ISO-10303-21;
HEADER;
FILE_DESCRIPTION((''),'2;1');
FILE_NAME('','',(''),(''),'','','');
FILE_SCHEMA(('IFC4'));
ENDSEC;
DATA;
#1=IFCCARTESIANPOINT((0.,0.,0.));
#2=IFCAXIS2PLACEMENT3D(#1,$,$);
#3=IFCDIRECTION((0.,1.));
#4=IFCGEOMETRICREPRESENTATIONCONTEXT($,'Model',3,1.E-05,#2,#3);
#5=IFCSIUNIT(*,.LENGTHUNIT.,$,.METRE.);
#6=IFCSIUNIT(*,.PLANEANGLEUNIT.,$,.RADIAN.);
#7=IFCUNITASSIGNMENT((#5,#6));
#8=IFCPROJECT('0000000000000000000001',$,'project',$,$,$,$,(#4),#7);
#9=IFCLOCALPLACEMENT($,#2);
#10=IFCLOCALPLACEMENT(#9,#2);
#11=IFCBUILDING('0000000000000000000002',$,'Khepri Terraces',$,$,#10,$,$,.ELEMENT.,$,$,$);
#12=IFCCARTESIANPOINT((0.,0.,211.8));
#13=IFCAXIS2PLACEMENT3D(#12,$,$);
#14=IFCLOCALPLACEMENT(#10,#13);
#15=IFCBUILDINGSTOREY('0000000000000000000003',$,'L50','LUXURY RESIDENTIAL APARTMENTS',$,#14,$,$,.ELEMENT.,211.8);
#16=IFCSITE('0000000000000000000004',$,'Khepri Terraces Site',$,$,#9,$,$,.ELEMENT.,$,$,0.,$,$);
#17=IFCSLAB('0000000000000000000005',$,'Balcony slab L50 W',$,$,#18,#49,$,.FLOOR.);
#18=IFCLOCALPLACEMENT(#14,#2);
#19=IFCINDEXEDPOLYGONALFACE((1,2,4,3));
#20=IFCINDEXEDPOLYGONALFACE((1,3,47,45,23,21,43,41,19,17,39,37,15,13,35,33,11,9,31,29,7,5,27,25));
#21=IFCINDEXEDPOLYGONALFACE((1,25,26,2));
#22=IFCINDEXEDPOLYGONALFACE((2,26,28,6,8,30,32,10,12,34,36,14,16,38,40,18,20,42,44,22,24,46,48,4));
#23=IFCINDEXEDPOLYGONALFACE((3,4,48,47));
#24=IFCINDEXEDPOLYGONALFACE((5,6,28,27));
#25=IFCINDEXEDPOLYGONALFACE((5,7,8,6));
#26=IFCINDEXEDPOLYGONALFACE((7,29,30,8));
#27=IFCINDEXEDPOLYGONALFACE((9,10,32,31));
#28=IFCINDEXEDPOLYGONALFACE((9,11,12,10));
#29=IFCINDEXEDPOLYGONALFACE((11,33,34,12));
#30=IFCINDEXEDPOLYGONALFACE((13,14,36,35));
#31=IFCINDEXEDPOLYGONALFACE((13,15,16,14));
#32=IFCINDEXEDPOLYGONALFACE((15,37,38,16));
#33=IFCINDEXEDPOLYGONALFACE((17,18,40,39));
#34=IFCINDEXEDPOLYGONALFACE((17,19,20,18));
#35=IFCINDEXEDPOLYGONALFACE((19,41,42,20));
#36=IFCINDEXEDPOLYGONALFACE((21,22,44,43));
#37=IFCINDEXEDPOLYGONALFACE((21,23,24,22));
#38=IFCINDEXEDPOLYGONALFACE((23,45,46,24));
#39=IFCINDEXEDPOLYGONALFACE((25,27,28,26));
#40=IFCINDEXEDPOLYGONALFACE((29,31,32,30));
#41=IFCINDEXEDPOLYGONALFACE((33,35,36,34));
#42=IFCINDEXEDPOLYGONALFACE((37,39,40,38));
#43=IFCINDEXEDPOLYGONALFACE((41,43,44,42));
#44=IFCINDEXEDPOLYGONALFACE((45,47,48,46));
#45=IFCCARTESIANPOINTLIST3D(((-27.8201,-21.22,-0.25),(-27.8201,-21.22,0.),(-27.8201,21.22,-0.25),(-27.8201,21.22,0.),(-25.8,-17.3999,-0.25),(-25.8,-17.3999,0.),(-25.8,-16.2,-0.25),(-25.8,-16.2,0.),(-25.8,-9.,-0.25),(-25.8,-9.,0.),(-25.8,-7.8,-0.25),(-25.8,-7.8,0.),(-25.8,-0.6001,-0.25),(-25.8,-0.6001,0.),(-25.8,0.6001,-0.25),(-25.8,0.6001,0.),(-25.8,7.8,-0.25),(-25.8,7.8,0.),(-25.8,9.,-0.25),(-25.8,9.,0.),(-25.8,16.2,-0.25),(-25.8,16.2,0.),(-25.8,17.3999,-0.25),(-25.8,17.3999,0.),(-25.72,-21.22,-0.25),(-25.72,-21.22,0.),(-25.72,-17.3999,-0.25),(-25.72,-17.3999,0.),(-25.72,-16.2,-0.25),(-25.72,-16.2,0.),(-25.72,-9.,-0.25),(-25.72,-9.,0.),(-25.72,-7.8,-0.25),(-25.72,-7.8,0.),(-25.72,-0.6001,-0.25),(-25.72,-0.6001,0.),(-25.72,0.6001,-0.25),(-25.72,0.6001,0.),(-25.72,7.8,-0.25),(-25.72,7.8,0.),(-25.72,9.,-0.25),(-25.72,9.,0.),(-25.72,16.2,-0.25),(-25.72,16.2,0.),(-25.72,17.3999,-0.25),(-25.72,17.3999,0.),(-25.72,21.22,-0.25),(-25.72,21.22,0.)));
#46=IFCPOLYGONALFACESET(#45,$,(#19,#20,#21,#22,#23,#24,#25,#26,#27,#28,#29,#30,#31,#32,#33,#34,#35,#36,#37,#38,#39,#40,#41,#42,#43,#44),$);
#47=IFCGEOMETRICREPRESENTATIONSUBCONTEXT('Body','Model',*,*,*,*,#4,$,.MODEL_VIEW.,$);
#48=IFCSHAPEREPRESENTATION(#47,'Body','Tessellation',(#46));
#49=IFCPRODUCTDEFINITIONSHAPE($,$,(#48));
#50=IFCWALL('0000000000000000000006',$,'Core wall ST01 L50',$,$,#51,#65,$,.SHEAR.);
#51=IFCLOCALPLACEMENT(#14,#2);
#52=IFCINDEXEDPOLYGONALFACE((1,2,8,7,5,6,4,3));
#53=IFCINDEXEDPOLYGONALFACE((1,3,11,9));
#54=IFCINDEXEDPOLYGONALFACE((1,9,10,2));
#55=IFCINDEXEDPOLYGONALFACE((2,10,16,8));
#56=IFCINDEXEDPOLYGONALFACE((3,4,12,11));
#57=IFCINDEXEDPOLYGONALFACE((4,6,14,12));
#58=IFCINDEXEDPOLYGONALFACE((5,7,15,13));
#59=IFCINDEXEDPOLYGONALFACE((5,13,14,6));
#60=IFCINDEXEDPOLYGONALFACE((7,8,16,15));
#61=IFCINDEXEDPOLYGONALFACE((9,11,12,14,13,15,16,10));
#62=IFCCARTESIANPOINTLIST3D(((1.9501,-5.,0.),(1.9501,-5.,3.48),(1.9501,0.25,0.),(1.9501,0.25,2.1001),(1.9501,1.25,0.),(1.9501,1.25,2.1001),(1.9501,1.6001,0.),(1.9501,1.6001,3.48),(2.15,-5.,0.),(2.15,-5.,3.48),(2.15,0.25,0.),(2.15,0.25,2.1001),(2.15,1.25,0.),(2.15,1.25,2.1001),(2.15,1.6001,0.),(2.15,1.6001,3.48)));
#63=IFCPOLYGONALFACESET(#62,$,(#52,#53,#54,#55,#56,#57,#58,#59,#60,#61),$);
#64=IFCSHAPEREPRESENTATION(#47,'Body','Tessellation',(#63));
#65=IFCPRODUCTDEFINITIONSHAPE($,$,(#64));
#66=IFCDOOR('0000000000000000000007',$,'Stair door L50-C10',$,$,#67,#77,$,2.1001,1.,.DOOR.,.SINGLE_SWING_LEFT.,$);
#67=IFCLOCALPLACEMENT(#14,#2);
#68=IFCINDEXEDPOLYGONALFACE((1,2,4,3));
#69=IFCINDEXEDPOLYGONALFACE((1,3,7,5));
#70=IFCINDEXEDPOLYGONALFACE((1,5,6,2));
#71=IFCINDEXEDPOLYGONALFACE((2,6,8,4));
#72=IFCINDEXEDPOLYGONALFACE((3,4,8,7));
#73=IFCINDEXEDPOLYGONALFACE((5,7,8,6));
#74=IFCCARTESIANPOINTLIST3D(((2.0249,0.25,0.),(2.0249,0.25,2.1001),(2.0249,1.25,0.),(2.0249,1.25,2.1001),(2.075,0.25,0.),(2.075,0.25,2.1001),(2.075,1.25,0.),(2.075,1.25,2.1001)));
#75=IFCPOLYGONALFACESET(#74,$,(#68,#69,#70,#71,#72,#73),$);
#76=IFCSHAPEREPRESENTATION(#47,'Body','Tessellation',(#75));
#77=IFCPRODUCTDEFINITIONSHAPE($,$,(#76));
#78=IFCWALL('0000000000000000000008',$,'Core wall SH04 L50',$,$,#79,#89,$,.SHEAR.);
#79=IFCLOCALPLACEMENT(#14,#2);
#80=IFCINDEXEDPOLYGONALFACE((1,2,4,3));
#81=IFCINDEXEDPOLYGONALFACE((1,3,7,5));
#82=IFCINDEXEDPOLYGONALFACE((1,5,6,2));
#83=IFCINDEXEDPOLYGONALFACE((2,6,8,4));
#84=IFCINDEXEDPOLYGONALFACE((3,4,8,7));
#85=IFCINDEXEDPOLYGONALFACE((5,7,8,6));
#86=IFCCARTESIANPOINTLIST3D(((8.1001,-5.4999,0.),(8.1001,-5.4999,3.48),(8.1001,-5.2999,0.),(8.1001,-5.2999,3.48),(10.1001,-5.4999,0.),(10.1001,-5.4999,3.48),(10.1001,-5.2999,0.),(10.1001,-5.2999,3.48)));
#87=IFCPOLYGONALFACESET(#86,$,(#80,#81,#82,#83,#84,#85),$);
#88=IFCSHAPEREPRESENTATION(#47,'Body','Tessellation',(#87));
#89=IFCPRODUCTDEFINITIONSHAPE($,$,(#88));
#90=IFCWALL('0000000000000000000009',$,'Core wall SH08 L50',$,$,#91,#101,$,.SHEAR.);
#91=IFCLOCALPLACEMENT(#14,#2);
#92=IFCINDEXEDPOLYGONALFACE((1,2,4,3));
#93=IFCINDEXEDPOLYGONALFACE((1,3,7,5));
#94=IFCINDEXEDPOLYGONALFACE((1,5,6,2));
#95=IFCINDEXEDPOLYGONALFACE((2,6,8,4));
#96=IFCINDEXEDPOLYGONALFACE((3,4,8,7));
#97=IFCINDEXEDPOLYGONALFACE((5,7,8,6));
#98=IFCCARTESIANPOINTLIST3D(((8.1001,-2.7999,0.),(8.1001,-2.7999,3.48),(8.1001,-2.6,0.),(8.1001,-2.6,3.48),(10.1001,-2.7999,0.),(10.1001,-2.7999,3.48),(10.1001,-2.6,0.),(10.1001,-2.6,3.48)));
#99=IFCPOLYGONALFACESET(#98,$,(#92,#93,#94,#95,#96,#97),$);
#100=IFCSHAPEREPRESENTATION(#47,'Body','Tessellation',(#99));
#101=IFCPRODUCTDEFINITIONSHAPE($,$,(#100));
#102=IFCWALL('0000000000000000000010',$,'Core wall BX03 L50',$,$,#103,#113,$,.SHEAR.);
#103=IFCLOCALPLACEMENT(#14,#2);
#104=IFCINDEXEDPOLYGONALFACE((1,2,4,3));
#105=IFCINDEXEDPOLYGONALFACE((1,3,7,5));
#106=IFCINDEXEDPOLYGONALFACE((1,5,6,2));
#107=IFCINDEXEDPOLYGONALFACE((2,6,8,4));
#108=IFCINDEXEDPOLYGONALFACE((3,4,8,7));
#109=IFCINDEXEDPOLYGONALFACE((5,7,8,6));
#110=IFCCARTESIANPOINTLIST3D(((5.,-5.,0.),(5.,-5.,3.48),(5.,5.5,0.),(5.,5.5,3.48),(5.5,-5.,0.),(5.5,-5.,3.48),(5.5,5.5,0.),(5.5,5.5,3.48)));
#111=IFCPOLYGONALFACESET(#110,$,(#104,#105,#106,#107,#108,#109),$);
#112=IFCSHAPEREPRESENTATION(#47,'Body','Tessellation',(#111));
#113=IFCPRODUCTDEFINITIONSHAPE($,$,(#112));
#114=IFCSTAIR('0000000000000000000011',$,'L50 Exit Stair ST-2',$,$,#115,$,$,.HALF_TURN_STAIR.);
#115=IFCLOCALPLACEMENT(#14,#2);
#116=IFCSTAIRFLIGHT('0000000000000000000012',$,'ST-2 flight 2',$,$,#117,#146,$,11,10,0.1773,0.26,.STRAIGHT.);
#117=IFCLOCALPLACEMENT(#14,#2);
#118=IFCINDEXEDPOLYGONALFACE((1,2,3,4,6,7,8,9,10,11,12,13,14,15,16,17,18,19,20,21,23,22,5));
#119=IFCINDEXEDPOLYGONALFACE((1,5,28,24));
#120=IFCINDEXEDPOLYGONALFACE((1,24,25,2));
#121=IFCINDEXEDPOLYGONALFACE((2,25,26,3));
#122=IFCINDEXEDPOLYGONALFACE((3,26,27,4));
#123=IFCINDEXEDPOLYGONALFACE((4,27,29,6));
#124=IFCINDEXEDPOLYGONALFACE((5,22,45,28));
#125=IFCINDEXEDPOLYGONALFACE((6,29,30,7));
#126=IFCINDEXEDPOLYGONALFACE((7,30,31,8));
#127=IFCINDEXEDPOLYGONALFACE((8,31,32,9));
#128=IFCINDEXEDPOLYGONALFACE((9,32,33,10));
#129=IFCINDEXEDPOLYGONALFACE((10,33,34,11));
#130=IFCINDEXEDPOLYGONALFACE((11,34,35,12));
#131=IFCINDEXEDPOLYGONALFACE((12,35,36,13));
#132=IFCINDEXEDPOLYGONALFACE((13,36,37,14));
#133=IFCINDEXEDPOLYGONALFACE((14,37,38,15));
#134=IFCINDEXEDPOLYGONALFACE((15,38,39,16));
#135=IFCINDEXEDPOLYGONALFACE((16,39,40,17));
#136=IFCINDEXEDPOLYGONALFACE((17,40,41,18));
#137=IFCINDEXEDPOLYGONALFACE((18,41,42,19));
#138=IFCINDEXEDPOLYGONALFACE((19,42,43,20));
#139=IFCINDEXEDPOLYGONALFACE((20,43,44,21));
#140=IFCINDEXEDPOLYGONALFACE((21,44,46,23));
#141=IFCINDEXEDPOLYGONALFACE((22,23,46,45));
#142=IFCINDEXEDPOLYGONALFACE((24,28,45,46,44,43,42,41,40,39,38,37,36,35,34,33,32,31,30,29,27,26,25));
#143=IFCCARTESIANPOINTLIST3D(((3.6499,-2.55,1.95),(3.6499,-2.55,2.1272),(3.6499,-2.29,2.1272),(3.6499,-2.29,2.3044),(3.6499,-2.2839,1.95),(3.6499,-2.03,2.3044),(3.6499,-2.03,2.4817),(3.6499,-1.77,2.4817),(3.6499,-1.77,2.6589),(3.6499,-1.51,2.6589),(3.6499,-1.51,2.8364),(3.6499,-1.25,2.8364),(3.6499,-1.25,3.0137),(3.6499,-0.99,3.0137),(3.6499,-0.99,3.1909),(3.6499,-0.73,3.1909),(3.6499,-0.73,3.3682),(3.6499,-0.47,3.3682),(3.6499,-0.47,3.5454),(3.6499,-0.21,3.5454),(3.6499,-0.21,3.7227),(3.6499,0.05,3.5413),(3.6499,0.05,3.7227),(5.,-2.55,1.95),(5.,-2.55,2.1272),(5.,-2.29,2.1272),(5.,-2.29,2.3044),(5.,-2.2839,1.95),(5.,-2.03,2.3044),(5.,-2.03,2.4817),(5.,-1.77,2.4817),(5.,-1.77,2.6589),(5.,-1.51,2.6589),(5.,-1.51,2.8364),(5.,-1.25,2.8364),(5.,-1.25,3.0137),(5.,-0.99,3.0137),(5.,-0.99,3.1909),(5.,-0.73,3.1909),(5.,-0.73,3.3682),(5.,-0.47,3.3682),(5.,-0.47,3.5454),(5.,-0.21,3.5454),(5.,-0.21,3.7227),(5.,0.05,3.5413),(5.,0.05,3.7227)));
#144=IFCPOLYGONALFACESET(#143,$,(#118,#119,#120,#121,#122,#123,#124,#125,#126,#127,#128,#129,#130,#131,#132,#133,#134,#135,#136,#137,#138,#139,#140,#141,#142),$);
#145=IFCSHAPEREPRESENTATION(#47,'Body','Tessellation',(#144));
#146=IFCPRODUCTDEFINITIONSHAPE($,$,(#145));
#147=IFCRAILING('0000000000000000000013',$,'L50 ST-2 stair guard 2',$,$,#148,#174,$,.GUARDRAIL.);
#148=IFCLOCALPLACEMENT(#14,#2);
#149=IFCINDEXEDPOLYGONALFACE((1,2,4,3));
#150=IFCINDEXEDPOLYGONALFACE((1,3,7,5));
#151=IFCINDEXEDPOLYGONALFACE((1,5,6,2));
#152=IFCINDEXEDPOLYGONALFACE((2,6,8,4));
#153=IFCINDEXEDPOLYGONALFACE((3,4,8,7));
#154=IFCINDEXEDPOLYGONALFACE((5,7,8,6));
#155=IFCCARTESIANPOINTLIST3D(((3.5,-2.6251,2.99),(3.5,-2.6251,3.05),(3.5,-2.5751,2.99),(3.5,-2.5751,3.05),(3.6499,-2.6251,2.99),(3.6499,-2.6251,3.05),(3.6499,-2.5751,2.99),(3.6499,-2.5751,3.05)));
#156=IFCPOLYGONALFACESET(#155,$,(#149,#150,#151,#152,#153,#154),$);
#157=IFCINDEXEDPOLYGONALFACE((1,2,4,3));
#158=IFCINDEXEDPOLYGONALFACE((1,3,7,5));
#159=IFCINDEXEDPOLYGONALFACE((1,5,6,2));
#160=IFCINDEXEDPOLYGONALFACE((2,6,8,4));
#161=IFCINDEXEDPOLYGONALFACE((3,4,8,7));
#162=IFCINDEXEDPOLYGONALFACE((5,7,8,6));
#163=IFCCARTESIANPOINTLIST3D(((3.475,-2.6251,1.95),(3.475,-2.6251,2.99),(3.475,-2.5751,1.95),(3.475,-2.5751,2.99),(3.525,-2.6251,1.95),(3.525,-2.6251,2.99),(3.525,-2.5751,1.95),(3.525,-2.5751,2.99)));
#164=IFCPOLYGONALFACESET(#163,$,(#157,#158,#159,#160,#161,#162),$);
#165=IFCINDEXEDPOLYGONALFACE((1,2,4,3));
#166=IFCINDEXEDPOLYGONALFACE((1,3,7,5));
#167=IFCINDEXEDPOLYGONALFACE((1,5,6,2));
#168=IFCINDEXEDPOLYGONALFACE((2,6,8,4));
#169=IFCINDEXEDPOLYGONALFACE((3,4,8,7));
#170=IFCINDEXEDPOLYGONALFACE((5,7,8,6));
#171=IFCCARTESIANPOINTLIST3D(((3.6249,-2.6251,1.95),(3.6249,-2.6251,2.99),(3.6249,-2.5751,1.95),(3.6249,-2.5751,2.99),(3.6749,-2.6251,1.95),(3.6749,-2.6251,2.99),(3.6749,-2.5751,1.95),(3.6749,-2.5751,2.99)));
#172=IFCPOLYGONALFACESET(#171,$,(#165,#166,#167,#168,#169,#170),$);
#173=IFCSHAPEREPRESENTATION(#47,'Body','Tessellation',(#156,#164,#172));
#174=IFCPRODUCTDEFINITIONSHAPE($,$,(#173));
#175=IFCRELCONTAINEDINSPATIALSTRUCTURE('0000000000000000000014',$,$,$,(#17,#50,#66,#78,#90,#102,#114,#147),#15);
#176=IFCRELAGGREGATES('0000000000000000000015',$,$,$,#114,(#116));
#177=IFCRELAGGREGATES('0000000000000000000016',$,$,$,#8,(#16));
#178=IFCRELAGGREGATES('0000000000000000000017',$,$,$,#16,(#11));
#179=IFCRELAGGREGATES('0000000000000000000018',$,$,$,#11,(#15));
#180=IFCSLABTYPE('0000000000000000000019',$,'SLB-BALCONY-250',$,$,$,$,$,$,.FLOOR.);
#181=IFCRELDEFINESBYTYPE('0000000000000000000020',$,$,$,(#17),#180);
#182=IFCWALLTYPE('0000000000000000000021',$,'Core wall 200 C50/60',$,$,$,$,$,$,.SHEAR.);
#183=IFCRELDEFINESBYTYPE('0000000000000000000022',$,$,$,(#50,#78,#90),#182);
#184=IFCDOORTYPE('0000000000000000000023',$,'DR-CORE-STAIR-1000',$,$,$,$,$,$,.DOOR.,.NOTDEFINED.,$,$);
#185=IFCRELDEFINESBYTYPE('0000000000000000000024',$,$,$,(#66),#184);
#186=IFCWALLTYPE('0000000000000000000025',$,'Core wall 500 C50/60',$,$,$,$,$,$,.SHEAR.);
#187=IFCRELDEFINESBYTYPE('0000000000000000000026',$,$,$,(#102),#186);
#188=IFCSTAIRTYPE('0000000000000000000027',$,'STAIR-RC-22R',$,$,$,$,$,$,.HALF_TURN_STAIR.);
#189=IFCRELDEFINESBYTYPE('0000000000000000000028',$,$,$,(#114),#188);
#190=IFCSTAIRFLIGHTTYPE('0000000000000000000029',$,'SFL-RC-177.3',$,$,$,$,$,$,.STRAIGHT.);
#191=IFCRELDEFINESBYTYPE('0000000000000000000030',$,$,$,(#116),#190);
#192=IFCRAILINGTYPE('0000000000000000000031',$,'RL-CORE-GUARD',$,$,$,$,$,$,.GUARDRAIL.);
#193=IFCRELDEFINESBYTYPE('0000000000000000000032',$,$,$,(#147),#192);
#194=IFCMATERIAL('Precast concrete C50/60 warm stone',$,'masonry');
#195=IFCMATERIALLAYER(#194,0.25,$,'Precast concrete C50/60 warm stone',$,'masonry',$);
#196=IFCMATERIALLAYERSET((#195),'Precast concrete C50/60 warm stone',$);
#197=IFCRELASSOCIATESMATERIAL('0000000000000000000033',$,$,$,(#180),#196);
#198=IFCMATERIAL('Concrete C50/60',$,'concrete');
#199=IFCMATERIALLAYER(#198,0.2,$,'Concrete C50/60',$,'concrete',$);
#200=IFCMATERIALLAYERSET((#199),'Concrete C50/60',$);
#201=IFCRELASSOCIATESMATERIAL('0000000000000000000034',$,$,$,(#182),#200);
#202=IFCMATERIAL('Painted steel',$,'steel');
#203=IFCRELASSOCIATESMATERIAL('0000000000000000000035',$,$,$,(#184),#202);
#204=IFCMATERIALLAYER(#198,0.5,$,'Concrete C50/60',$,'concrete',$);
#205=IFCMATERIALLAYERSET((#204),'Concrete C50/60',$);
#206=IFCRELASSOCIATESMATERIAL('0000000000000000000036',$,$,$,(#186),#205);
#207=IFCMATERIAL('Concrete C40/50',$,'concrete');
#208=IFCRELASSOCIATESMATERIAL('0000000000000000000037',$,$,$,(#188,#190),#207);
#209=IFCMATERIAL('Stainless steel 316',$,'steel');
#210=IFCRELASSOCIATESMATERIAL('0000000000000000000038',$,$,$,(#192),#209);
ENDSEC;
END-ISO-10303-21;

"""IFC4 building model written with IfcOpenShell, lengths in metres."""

from ifc_helpers import new_model, si_unit, direction, frame, frame_2d, origin, origin_2d, place, context, subcontext, project, spatial, polyline, rectangle, outline, extrude, material, layer, layer_set, type_object, element, fill, aggregate, save


model = new_model("IFC4")

# Units and contexts
model_context = context("Model", 3, precision=1e-05, world=origin(), true_north=direction((0.0, 1.0)))
body_context = subcontext(model_context, "Body", "Model", "MODEL_VIEW")
ifc_project = project(units=[si_unit("LENGTHUNIT", "METRE"), si_unit("PLANEANGLEUNIT", "RADIAN")], contexts=[model_context])

# Site, building, storey
site_placement = place(None, origin())
site = spatial("IfcSite", under=ifc_project, at=site_placement, Name="Khepri Terraces Site", CompositionType="ELEMENT", RefElevation=0.0)
building_placement = place(site_placement, origin())
building = spatial("IfcBuilding", under=site, at=building_placement, Name="Khepri Terraces", CompositionType="ELEMENT")
storey_placement = place(building_placement, frame((0.0, 0.0, 211.8)))
storey = spatial("IfcBuildingStorey", under=building, at=storey_placement, Name="L50", Description="LUXURY RESIDENTIAL APARTMENTS", CompositionType="ELEMENT", Elevation=211.8)

# Slab
ifc_material_1 = material(Name="Concrete C40/50", Category="concrete")
ifc_material_2 = material(Name="Precast concrete C50/60 warm stone", Category="masonry")
ifc_layer_1 = layer(ifc_material_2, 0.25, Name="Precast concrete C50/60 warm stone", Category="masonry")
ifc_layer_set_1 = layer_set([ifc_layer_1], Name="Precast concrete C50/60 warm stone")
slab_type_1 = type_object("IfcSlabType", Name="SLB-BALCONY-250", PredefinedType="FLOOR", material=ifc_layer_set_1)
slab_1_placement = place(storey_placement, frame((0.0, 0.0, -0.25)))
element("IfcSlab", 1, at=slab_1_placement, inside=storey, type_object=slab_type_1, Name="Balcony slab L50 W", PredefinedType="FLOOR", context=body_context, shape_type="SweptSolid", body=[
    extrude(outline(polyline([(-25.72, 17.3999), (-25.72, 21.22), (-27.8201, 21.22), (-27.8201, -21.22), (-25.72, -21.22), (-25.72, -17.3999), (-25.8, -17.3999), (-25.8, -16.2), (-25.72, -16.2), (-25.72, -9.0), (-25.8, -9.0), (-25.8, -7.8), (-25.72, -7.8), (-25.72, -0.6001), (-25.8, -0.6001), (-25.8, 0.6001), (-25.72, 0.6001), (-25.72, 7.8), (-25.8, 7.8), (-25.8, 9.0), (-25.72, 9.0), (-25.72, 16.2), (-25.8, 16.2), (-25.8, 17.3999), (-25.72, 17.3999)])), origin(), (0.0, 0.0, 1.0), 0.25),
])

# Wall, opening, door
ifc_material_3 = material(Name="Concrete C50/60", Category="concrete")
ifc_layer_2 = layer(ifc_material_3, 0.2, Name="Concrete C50/60", Category="concrete")
ifc_layer_set_2 = layer_set([ifc_layer_2], Name="Concrete C50/60")
wall_type_1 = type_object("IfcWallType", Name="Core wall 200 C50/60", PredefinedType="SHEAR", material=ifc_layer_set_2)
wall_1_placement = place(storey_placement, frame((2.05, -5.0, 0.0), z_axis=(0.0, 0.0, 1.0), x_axis=(0.0, 1.0, 0.0)))
wall_1 = element("IfcWall", 2, at=wall_1_placement, inside=storey, type_object=wall_type_1, Name="Core wall ST01 L50", PredefinedType="SHEAR", context=body_context, shape_type="SweptSolid", body=[
    extrude(rectangle(XDim=6.6001, YDim=0.2, at=frame_2d((3.3, 0.0))), origin(), (0.0, 0.0, 1.0), 3.48),
])
opening_placement = place(wall_1_placement, frame((5.25, 0.0, 0.0)))
opening = element("IfcOpeningElement", 3, at=opening_placement, cuts=wall_1, PredefinedType="OPENING", context=body_context, shape_type="SweptSolid", body=[
    extrude(rectangle(XDim=1.0, YDim=2.1001, at=frame_2d((0.5, 1.05))), frame((0.0, 0.1099, 0.0), z_axis=(0.0, -1.0, 0.0), x_axis=(1.0, 0.0, 0.0)), (0.0, 0.0, 1.0), 0.22),
])
ifc_material_4 = material(Name="Painted steel", Category="steel")
door_type = type_object("IfcDoorType", Name="DR-CORE-STAIR-1000", OperationType="NOTDEFINED", PredefinedType="DOOR", material=ifc_material_4)
door_placement = place(opening_placement, frame((1.0, 0.0, 0.0), z_axis=(0.0, 0.0, 1.0), x_axis=(-1.0, 0.0, 0.0)))
door = element("IfcDoor", 4, at=door_placement, inside=storey, type_object=door_type, Name="Stair door L50-C10", OperationType="SINGLE_SWING_LEFT", OverallHeight=2.1001, OverallWidth=1.0, PredefinedType="DOOR", context=body_context, shape_type="SweptSolid", body=[
    extrude(rectangle(XDim=1.0, YDim=2.1001, at=frame_2d((0.5, 1.05))), frame((0.0, 0.0249, 0.0), z_axis=(0.0, -1.0, 0.0), x_axis=(1.0, 0.0, 0.0)), (0.0, 0.0, 1.0), 0.05),
])
fill(opening, door)

# Walls
for number, where, z_axis, x_axis, name in (
    (5, (8.1001, -5.3999, 0.0), (0.0, 0.0, 1.0), (1.0, 0.0, 0.0), "Core wall SH04 L50"),
    (6, (8.1001, -2.7, 0.0), (0.0, 0.0, 1.0), (1.0, 0.0, 0.0), "Core wall SH08 L50"),
):
    element("IfcWall", number, at=place(storey_placement, frame(where, z_axis=z_axis, x_axis=x_axis)), inside=storey, type_object=wall_type_1, Name=name, PredefinedType="SHEAR", context=body_context, shape_type="SweptSolid", body=[
        extrude(rectangle(XDim=2.0, YDim=0.2, at=frame_2d((1.0, 0.0))), origin(), (0.0, 0.0, 1.0), 3.48),
    ])
ifc_layer_3 = layer(ifc_material_3, 0.5, Name="Concrete C50/60", Category="concrete")
ifc_layer_set_3 = layer_set([ifc_layer_3], Name="Concrete C50/60")
wall_type_2 = type_object("IfcWallType", Name="Core wall 500 C50/60", PredefinedType="SHEAR", material=ifc_layer_set_3)
wall_2_placement = place(storey_placement, frame((5.25, -5.0, 0.0), z_axis=(0.0, 0.0, 1.0), x_axis=(0.0, 1.0, 0.0)))
element("IfcWall", 7, at=wall_2_placement, inside=storey, type_object=wall_type_2, Name="Core wall BX03 L50", PredefinedType="SHEAR", context=body_context, shape_type="SweptSolid", body=[
    extrude(rectangle(XDim=10.5, YDim=0.5, at=frame_2d((5.25, 0.0))), origin(), (0.0, 0.0, 1.0), 3.48),
])

# Stair, stair flight
stair_type = type_object("IfcStairType", Name="STAIR-RC-22R", PredefinedType="HALF_TURN_STAIR", material=ifc_material_1)
stair_placement = place(storey_placement, origin())
stair = element("IfcStair", 8, at=stair_placement, inside=storey, type_object=stair_type, Name="L50 Exit Stair ST-2", PredefinedType="HALF_TURN_STAIR")
stair_flight_type = type_object("IfcStairFlightType", Name="SFL-RC-177.3", PredefinedType="STRAIGHT", material=ifc_material_1)
stair_flight_placement = place(storey_placement, frame((4.325, -2.55, 1.95), z_axis=(0.0, 0.0, 1.0), x_axis=(0.0, 1.0, 0.0)))
stair_flight = element("IfcStairFlight", 9, at=stair_flight_placement, type_object=stair_flight_type, Name="ST-2 flight 2", NumberOfRisers=11, NumberOfTreads=10, PredefinedType="STRAIGHT", RiserHeight=0.1773, TreadLength=0.26, context=body_context, shape_type="SweptSolid", body=[
    extrude(outline(polyline([(0.0, 0.0), (0.0, 0.1772), (0.26, 0.1772), (0.26, 0.3545), (0.52, 0.3545), (0.52, 0.5317), (0.78, 0.5317), (0.78, 0.709), (1.04, 0.709), (1.04, 0.8865), (1.3, 0.8865), (1.3, 1.0637), (1.5601, 1.0637), (1.5601, 1.241), (1.8201, 1.241), (1.8201, 1.4182), (2.0801, 1.4182), (2.0801, 1.5955), (2.3401, 1.5955), (2.3401, 1.7727), (2.6001, 1.7727), (2.6001, 1.95), (2.6001, 1.5913), (0.2661, 0.0), (0.0, 0.0)])), frame((0.0, 0.675, 0.0), z_axis=(0.0, -1.0, 0.0), x_axis=(1.0, 0.0, 0.0)), (0.0, 0.0, 1.0), 1.3501),
])
aggregate(stair, [stair_flight])

# Railing
ifc_material_5 = material(Name="Stainless steel 316", Category="steel")
railing_type_1 = type_object("IfcRailingType", Name="RL-CORE-GUARD", PredefinedType="GUARDRAIL", material=ifc_material_5)
railing_1_placement = place(storey_placement, frame((3.5, -2.6001, 1.95)))
element("IfcRailing", 10, at=railing_1_placement, inside=storey, type_object=railing_type_1, Name="L50 ST-2 stair guard 2", PredefinedType="GUARDRAIL", context=body_context, shape_type="SweptSolid", body=[
    extrude(rectangle(XDim=0.05, YDim=0.0601, at=origin_2d()), frame((0.0, 0.0, 1.0701), z_axis=(1.0, 0.0, 0.0), x_axis=(0.0, 1.0, 0.0)), (0.0, 0.0, 1.0), 0.1499),
    extrude(rectangle(XDim=0.05, YDim=0.05, at=origin_2d()), origin(), (0.0, 0.0, 1.0), 1.04),
    extrude(rectangle(XDim=0.05, YDim=0.05, at=origin_2d()), frame((0.1499, 0.0, 0.0)), (0.0, 0.0, 1.0), 1.04),
])

save(model, "model.ifc")
